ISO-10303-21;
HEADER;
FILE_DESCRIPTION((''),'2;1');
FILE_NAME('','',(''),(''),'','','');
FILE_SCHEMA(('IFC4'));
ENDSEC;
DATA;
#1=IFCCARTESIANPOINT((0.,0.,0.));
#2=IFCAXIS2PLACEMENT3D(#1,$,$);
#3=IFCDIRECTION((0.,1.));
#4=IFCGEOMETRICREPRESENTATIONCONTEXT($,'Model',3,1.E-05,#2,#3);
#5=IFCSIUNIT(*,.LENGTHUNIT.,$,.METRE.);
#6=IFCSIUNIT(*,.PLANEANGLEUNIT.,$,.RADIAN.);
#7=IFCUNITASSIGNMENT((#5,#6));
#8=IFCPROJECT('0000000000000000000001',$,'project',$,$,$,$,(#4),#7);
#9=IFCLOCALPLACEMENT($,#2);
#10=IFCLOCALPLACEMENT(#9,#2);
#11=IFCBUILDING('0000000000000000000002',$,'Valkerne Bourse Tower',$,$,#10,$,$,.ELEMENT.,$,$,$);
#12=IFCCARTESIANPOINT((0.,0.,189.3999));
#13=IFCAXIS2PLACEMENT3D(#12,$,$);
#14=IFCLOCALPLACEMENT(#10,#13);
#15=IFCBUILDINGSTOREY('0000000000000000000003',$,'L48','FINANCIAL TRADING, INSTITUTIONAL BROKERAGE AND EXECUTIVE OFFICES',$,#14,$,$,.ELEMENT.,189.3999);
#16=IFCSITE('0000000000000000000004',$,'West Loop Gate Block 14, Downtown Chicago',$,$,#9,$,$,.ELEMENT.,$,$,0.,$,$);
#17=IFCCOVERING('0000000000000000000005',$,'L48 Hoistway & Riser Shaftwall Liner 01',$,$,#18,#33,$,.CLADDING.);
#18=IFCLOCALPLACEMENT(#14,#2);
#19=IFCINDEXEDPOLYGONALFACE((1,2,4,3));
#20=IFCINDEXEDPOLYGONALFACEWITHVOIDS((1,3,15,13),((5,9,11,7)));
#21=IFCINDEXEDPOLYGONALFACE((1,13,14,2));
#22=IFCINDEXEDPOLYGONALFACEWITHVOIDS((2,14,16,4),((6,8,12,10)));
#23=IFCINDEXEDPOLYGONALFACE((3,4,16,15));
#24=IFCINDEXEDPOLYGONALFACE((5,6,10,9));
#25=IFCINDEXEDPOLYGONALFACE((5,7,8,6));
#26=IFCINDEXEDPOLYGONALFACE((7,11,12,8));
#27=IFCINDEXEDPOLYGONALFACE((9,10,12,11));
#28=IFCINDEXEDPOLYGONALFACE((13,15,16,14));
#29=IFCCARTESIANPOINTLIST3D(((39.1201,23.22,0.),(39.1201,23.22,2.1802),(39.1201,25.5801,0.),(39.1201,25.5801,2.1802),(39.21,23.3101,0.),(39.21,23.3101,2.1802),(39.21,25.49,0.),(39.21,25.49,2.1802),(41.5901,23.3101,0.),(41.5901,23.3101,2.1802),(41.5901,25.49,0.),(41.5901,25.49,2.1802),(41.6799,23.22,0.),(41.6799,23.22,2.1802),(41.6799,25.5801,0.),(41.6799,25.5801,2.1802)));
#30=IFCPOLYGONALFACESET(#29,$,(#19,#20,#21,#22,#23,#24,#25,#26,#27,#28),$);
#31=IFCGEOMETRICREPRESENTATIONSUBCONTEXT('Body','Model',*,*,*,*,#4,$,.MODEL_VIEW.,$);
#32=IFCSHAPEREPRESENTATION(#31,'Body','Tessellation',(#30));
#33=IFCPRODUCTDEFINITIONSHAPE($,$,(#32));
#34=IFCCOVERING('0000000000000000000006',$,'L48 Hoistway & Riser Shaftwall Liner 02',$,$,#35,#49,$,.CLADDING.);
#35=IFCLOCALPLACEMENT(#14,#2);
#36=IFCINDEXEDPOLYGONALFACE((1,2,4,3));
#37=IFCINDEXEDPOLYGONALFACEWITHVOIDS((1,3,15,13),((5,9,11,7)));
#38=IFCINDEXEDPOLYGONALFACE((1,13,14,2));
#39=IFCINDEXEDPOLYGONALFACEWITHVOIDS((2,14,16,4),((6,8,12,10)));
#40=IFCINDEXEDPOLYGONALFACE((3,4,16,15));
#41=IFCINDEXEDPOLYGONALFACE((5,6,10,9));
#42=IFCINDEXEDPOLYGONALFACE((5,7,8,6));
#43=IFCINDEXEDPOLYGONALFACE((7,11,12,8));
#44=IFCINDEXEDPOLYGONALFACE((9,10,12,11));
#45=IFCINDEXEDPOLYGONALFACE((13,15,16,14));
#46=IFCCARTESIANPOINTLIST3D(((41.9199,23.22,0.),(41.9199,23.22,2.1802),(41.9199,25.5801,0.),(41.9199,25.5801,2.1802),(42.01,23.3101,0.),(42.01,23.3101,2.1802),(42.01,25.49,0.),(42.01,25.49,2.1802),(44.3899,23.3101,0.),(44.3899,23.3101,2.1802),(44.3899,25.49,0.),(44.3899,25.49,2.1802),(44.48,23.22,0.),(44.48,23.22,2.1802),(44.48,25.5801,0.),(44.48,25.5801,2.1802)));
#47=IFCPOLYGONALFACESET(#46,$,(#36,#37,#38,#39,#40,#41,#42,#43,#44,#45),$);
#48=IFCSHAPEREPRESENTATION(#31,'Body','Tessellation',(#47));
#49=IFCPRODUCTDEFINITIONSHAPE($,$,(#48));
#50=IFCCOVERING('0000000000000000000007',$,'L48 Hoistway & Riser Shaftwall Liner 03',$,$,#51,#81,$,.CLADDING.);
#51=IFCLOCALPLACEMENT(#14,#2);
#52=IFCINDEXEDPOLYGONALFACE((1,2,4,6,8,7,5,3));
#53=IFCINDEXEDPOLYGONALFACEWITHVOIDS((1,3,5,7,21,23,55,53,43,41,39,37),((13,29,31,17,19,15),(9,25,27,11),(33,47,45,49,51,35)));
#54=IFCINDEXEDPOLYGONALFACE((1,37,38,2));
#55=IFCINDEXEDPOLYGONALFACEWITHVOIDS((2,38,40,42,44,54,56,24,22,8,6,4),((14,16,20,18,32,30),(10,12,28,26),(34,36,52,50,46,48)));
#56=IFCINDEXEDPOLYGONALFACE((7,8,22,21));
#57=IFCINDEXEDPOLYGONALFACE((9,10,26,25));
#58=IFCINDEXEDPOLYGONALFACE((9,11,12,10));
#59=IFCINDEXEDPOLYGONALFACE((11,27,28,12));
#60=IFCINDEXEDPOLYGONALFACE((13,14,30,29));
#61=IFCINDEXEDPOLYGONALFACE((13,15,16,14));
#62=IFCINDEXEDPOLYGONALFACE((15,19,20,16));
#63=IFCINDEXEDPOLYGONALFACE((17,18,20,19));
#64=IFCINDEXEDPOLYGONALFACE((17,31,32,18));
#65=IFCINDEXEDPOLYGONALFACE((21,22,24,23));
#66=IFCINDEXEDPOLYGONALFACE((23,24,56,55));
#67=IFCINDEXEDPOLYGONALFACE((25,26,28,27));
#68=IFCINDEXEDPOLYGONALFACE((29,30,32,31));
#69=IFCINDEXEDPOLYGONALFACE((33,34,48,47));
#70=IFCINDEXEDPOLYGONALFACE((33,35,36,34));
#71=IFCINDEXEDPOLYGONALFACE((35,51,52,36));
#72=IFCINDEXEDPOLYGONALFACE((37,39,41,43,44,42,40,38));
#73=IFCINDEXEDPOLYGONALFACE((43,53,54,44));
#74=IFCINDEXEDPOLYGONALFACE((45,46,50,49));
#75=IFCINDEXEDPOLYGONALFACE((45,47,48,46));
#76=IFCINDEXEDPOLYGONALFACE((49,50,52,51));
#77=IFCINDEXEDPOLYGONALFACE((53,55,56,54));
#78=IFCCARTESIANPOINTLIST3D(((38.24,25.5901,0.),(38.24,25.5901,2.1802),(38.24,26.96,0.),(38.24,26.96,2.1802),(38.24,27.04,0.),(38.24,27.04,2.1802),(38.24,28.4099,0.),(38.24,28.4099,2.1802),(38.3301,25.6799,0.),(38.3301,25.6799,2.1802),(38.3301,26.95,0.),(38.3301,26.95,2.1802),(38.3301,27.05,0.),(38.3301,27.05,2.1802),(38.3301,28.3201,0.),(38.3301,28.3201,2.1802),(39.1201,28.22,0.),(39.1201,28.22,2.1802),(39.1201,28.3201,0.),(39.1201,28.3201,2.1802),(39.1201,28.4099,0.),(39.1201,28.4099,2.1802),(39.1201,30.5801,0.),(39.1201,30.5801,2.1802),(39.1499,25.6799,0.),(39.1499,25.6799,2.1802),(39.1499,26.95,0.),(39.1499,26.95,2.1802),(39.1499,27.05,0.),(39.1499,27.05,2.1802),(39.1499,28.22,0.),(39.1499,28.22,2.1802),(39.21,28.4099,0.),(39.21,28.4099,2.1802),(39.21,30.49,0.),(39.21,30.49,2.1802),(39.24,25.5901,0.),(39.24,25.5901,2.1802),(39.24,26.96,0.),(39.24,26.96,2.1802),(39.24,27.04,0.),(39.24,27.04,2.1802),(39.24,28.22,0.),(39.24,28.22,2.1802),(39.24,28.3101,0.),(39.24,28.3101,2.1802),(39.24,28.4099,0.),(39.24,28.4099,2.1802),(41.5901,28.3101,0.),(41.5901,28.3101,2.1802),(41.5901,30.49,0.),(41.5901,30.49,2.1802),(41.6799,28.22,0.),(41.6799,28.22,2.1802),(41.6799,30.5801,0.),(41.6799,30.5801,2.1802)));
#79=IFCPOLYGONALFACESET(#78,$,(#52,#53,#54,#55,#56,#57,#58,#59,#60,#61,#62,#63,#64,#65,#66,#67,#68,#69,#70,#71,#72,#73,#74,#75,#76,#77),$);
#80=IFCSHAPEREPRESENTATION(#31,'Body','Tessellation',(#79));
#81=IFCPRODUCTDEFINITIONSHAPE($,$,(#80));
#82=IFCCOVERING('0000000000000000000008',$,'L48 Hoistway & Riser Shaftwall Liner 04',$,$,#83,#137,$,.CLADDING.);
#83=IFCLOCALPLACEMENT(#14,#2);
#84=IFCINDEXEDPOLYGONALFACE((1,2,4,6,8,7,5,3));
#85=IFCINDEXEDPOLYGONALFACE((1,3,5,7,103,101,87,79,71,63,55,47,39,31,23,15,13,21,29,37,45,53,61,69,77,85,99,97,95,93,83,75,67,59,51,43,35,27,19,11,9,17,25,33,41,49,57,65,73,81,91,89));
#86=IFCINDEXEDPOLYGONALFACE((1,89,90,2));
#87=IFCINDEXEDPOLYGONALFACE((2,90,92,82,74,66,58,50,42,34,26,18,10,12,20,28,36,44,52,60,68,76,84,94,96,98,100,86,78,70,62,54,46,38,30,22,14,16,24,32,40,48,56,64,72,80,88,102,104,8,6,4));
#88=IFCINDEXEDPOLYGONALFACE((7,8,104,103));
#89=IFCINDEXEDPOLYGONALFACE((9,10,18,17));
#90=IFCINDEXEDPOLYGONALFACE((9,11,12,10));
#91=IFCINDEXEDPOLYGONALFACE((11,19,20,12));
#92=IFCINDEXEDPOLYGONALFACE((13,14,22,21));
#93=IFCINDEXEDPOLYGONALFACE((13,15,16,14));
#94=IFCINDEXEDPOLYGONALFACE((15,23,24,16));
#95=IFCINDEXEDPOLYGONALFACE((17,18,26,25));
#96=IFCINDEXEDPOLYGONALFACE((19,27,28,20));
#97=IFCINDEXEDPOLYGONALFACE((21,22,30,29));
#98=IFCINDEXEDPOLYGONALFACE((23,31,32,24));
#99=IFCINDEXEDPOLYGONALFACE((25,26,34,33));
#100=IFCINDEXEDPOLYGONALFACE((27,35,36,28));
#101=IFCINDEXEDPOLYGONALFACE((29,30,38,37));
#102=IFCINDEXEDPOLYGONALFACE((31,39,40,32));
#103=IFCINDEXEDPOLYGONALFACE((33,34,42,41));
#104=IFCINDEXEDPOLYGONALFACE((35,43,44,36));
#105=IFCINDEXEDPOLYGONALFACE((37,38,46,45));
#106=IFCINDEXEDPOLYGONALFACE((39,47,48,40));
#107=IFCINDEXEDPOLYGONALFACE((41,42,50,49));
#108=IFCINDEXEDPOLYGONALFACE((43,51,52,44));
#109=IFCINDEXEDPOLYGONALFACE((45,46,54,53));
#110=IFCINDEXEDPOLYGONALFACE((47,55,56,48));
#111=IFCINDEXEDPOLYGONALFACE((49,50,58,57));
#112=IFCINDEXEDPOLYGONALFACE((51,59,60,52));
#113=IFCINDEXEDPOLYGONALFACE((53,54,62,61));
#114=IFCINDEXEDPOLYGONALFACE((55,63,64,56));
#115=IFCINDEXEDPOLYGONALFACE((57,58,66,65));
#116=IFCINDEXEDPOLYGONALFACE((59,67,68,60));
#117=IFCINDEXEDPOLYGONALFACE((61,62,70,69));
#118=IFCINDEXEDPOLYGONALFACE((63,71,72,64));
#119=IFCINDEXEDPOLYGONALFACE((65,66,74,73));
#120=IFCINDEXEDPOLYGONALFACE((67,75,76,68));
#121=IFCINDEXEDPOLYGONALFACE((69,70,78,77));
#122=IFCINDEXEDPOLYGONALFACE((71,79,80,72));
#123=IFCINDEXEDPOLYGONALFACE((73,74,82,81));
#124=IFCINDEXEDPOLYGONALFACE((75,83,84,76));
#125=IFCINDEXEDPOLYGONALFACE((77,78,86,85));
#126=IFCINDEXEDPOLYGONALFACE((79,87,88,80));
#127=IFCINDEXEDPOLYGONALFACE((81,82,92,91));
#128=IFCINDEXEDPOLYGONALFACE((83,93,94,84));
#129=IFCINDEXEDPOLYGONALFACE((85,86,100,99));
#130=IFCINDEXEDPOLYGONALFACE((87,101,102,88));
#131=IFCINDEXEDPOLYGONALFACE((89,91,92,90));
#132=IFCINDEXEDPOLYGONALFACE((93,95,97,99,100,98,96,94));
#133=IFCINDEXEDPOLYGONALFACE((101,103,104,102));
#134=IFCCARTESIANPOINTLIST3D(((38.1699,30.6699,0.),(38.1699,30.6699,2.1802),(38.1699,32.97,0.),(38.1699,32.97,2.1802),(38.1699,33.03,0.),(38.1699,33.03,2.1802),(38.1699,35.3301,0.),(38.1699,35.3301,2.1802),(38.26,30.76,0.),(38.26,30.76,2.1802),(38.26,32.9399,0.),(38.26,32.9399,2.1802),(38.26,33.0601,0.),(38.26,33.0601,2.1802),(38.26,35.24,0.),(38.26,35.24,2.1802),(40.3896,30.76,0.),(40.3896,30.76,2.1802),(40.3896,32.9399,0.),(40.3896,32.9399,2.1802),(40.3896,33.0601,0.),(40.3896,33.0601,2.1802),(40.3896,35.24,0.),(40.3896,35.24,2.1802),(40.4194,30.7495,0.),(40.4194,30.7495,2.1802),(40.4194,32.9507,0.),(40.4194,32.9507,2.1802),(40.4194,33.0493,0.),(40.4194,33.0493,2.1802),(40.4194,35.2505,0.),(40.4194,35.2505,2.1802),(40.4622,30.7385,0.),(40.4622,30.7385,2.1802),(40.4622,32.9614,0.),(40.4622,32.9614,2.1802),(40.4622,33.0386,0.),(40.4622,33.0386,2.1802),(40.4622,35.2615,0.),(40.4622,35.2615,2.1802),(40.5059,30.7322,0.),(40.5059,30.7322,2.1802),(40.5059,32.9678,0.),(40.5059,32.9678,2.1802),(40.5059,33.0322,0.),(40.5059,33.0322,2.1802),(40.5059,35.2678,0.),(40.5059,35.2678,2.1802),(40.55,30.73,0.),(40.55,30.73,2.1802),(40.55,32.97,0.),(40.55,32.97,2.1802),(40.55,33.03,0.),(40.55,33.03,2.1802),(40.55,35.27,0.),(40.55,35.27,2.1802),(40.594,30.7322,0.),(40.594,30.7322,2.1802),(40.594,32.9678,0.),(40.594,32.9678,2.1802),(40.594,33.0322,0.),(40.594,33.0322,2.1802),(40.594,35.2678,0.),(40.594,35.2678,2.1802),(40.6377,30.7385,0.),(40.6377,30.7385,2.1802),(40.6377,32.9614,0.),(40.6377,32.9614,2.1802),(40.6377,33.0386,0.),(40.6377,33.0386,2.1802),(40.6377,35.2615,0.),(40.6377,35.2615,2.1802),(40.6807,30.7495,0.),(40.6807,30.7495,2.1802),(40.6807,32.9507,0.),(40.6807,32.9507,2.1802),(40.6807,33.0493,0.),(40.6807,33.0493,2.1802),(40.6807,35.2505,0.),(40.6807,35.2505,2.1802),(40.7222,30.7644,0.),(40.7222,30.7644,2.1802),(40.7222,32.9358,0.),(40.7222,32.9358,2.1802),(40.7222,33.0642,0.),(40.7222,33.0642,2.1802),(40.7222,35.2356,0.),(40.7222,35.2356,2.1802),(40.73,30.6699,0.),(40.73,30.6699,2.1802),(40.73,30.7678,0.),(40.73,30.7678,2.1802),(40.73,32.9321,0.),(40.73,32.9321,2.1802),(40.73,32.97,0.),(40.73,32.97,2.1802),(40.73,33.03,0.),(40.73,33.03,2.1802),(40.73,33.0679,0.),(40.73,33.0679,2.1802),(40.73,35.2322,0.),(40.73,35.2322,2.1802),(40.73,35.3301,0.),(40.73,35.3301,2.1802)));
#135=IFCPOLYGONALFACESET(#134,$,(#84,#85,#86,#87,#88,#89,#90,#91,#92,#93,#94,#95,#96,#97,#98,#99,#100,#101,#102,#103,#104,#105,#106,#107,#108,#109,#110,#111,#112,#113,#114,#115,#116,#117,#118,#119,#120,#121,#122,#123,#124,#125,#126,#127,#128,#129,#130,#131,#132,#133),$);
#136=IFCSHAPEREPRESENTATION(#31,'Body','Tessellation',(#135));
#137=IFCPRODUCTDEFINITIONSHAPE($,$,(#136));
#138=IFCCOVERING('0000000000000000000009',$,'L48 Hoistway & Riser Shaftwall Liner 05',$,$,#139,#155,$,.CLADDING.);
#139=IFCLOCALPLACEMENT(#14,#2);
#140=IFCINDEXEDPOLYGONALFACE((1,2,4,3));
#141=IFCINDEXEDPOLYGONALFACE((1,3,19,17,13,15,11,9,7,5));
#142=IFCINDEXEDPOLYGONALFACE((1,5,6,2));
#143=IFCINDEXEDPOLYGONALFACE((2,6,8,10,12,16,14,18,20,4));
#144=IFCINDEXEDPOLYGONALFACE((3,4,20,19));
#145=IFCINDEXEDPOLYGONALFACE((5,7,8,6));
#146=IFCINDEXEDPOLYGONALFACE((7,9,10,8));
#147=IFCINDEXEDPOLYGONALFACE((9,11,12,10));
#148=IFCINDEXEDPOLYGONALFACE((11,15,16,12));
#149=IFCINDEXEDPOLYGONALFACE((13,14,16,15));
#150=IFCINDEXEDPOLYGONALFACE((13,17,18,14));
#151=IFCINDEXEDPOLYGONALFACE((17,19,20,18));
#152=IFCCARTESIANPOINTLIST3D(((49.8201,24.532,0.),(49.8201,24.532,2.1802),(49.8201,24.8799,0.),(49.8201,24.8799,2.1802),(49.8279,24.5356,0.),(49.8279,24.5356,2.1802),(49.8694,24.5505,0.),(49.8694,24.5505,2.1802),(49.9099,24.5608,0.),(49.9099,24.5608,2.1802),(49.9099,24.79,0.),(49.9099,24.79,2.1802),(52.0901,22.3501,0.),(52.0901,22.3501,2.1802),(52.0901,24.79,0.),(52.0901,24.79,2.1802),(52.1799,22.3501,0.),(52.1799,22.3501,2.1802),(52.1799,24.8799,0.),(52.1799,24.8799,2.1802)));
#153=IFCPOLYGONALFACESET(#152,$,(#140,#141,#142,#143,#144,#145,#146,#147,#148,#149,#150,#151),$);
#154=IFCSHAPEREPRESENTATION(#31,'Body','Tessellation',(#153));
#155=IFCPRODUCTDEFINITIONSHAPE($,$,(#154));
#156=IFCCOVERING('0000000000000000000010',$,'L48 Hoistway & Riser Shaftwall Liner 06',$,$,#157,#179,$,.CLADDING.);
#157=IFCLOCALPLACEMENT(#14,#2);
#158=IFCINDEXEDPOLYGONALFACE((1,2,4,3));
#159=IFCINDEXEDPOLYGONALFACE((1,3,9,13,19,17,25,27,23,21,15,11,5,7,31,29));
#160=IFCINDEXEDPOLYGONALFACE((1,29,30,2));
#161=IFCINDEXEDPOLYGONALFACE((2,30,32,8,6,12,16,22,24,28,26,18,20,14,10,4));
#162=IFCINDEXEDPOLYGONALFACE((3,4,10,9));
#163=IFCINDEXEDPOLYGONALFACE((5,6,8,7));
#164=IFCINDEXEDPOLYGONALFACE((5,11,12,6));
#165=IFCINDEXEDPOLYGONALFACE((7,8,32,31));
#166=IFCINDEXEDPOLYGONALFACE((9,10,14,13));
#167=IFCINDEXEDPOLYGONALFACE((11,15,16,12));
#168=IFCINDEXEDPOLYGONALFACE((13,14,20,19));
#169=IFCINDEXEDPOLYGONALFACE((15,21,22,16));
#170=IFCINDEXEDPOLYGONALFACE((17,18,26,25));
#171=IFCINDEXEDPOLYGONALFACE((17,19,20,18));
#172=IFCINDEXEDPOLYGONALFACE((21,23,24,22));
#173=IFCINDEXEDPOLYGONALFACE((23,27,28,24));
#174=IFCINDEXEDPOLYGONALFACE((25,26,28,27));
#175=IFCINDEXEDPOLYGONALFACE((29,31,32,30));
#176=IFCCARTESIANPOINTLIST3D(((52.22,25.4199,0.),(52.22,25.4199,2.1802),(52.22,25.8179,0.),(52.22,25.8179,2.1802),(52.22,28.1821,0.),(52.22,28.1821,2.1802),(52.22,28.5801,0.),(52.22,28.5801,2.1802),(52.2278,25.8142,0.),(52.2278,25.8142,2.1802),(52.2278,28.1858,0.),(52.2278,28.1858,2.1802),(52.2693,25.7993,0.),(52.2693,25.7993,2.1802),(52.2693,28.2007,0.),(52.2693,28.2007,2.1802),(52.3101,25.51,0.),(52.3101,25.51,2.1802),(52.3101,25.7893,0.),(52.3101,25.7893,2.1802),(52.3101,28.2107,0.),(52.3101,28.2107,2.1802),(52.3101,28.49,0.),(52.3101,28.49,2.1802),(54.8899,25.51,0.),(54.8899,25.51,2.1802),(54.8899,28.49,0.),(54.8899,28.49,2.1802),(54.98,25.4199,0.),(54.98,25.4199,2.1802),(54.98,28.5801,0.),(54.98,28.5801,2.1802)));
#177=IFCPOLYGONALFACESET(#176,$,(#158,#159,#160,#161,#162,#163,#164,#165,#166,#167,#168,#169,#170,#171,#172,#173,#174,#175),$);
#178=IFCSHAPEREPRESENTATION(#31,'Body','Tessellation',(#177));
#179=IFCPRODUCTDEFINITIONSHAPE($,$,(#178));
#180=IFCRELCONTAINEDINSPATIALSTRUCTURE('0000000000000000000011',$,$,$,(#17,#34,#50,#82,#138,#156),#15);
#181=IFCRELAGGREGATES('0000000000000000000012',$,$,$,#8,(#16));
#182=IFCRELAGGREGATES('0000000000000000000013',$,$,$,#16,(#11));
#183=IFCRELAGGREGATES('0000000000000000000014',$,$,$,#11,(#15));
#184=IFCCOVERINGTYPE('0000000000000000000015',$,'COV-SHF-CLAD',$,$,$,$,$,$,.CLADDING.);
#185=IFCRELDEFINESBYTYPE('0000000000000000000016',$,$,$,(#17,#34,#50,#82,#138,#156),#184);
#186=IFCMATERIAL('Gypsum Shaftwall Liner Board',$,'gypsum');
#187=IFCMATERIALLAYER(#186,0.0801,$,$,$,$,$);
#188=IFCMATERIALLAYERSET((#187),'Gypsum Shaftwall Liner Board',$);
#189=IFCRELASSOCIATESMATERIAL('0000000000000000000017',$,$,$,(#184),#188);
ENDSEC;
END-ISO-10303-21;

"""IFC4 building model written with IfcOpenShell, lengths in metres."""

from ifc_helpers import new_model, si_unit, direction, frame, origin, place, context, subcontext, project, spatial, polyline, outline, extrude, material, layer, layer_set, type_object, element, save


model = new_model("IFC4")

# Units and contexts
model_context = context("Model", 3, precision=1e-05, world=origin(), true_north=direction((0.0, 1.0)))
body_context = subcontext(model_context, "Body", "Model", "MODEL_VIEW")
ifc_project = project(units=[si_unit("LENGTHUNIT", "METRE"), si_unit("PLANEANGLEUNIT", "RADIAN")], contexts=[model_context])

# Site, building, storey
site_placement = place(None, origin())
site = spatial("IfcSite", under=ifc_project, at=site_placement, Name="West Loop Gate Block 14, Downtown Chicago", CompositionType="ELEMENT", RefElevation=0.0)
building_placement = place(site_placement, origin())
building = spatial("IfcBuilding", under=site, at=building_placement, Name="Valkerne Bourse Tower", CompositionType="ELEMENT")
storey_placement = place(building_placement, frame((0.0, 0.0, 189.3999)))
storey = spatial("IfcBuildingStorey", under=building, at=storey_placement, Name="L48", Description="FINANCIAL TRADING, INSTITUTIONAL BROKERAGE AND EXECUTIVE OFFICES", CompositionType="ELEMENT", Elevation=189.3999)

# Coverings
ifc_material_1 = material(Name="Gypsum Shaftwall Liner Board", Category="gypsum")
ifc_layer_1 = layer(ifc_material_1, 0.0801)
ifc_layer_set_1 = layer_set([ifc_layer_1], Name="Gypsum Shaftwall Liner Board")
covering_type_1 = type_object("IfcCoveringType", Name="COV-SHF-CLAD", PredefinedType="CLADDING", material=ifc_layer_set_1)
covering_1_placement = place(storey_placement, origin())
element("IfcCovering", 1, at=covering_1_placement, inside=storey, type_object=covering_type_1, Name="L48 Hoistway & Riser Shaftwall Liner 01", PredefinedType="CLADDING", context=body_context, shape_type="SweptSolid", body=[
    extrude(outline(polyline([(41.6799, 25.5801), (41.6799, 23.22), (39.1201, 23.22), (39.1201, 25.5801), (41.6799, 25.5801)]), holes=[polyline([(41.5901, 25.49), (39.21, 25.49), (39.21, 23.3101), (41.5901, 23.3101), (41.5901, 25.49)])]), origin(), (0.0, 0.0, 1.0), 2.1802),
])
covering_2_placement = place(storey_placement, origin())
element("IfcCovering", 2, at=covering_2_placement, inside=storey, type_object=covering_type_1, Name="L48 Hoistway & Riser Shaftwall Liner 02", PredefinedType="CLADDING", context=body_context, shape_type="SweptSolid", body=[
    extrude(outline(polyline([(44.48, 23.22), (41.9199, 23.22), (41.9199, 25.5801), (44.48, 25.5801), (44.48, 23.22)]), holes=[polyline([(42.01, 25.49), (42.01, 23.3101), (44.3899, 23.3101), (44.3899, 25.49), (42.01, 25.49)])]), origin(), (0.0, 0.0, 1.0), 2.1802),
])
covering_3_placement = place(storey_placement, origin())
element("IfcCovering", 3, at=covering_3_placement, inside=storey, type_object=covering_type_1, Name="L48 Hoistway & Riser Shaftwall Liner 03", PredefinedType="CLADDING", context=body_context, shape_type="SweptSolid", body=[
    extrude(outline(polyline([(38.24, 28.4099), (39.1201, 28.4099), (39.1201, 30.5801), (41.6799, 30.5801), (41.6799, 28.22), (39.24, 28.22), (39.24, 27.04), (39.24, 26.96), (39.24, 25.5901), (38.24, 25.5901), (38.24, 26.96), (38.24, 27.04), (38.24, 28.4099)]), holes=[polyline([(38.3301, 26.95), (38.3301, 25.6799), (39.1499, 25.6799), (39.1499, 26.95), (38.3301, 26.95)]), polyline([(39.21, 30.49), (39.21, 28.4099), (39.24, 28.4099), (39.24, 28.3101), (41.5901, 28.3101), (41.5901, 30.49), (39.21, 30.49)]), polyline([(38.3301, 27.05), (39.1499, 27.05), (39.1499, 28.22), (39.1201, 28.22), (39.1201, 28.3201), (38.3301, 28.3201), (38.3301, 27.05)])]), origin(), (0.0, 0.0, 1.0), 2.1802),
])
covering_4_placement = place(storey_placement, origin())
element("IfcCovering", 4, at=covering_4_placement, inside=storey, type_object=covering_type_1, Name="L48 Hoistway & Riser Shaftwall Liner 04", PredefinedType="CLADDING", context=body_context, shape_type="SweptSolid", body=[
    extrude(outline(polyline([(38.1699, 35.3301), (40.73, 35.3301), (40.73, 35.2322), (40.7222, 35.2356), (40.6807, 35.2505), (40.6377, 35.2615), (40.594, 35.2678), (40.55, 35.27), (40.5059, 35.2678), (40.4622, 35.2615), (40.4194, 35.2505), (40.3896, 35.24), (38.26, 35.24), (38.26, 33.0601), (40.3896, 33.0601), (40.4194, 33.0493), (40.4622, 33.0386), (40.5059, 33.0322), (40.55, 33.03), (40.594, 33.0322), (40.6377, 33.0386), (40.6807, 33.0493), (40.7222, 33.0642), (40.73, 33.0679), (40.73, 33.03), (40.73, 32.97), (40.73, 32.9321), (40.7222, 32.9358), (40.6807, 32.9507), (40.6377, 32.9614), (40.594, 32.9678), (40.55, 32.97), (40.5059, 32.9678), (40.4622, 32.9614), (40.4194, 32.9507), (40.3896, 32.9399), (38.26, 32.9399), (38.26, 30.76), (40.3896, 30.76), (40.4194, 30.7495), (40.4622, 30.7385), (40.5059, 30.7322), (40.55, 30.73), (40.594, 30.7322), (40.6377, 30.7385), (40.6807, 30.7495), (40.7222, 30.7644), (40.73, 30.7678), (40.73, 30.6699), (38.1699, 30.6699), (38.1699, 32.97), (38.1699, 33.03), (38.1699, 35.3301)])), origin(), (0.0, 0.0, 1.0), 2.1802),
])
covering_5_placement = place(storey_placement, origin())
element("IfcCovering", 5, at=covering_5_placement, inside=storey, type_object=covering_type_1, Name="L48 Hoistway & Riser Shaftwall Liner 05", PredefinedType="CLADDING", context=body_context, shape_type="SweptSolid", body=[
    extrude(outline(polyline([(52.1799, 22.3501), (52.0901, 22.3501), (52.0901, 24.79), (49.9099, 24.79), (49.9099, 24.5608), (49.8694, 24.5505), (49.8279, 24.5356), (49.8201, 24.532), (49.8201, 24.8799), (52.1799, 24.8799), (52.1799, 22.3501)])), origin(), (0.0, 0.0, 1.0), 2.1802),
])
covering_6_placement = place(storey_placement, origin())
element("IfcCovering", 6, at=covering_6_placement, inside=storey, type_object=covering_type_1, Name="L48 Hoistway & Riser Shaftwall Liner 06", PredefinedType="CLADDING", context=body_context, shape_type="SweptSolid", body=[
    extrude(outline(polyline([(54.98, 25.4199), (52.22, 25.4199), (52.22, 25.8179), (52.2278, 25.8142), (52.2693, 25.7993), (52.3101, 25.7893), (52.3101, 25.51), (54.8899, 25.51), (54.8899, 28.49), (52.3101, 28.49), (52.3101, 28.2107), (52.2693, 28.2007), (52.2278, 28.1858), (52.22, 28.1821), (52.22, 28.5801), (54.98, 28.5801), (54.98, 25.4199)])), origin(), (0.0, 0.0, 1.0), 2.1802),
])

save(model, "model.ifc")
